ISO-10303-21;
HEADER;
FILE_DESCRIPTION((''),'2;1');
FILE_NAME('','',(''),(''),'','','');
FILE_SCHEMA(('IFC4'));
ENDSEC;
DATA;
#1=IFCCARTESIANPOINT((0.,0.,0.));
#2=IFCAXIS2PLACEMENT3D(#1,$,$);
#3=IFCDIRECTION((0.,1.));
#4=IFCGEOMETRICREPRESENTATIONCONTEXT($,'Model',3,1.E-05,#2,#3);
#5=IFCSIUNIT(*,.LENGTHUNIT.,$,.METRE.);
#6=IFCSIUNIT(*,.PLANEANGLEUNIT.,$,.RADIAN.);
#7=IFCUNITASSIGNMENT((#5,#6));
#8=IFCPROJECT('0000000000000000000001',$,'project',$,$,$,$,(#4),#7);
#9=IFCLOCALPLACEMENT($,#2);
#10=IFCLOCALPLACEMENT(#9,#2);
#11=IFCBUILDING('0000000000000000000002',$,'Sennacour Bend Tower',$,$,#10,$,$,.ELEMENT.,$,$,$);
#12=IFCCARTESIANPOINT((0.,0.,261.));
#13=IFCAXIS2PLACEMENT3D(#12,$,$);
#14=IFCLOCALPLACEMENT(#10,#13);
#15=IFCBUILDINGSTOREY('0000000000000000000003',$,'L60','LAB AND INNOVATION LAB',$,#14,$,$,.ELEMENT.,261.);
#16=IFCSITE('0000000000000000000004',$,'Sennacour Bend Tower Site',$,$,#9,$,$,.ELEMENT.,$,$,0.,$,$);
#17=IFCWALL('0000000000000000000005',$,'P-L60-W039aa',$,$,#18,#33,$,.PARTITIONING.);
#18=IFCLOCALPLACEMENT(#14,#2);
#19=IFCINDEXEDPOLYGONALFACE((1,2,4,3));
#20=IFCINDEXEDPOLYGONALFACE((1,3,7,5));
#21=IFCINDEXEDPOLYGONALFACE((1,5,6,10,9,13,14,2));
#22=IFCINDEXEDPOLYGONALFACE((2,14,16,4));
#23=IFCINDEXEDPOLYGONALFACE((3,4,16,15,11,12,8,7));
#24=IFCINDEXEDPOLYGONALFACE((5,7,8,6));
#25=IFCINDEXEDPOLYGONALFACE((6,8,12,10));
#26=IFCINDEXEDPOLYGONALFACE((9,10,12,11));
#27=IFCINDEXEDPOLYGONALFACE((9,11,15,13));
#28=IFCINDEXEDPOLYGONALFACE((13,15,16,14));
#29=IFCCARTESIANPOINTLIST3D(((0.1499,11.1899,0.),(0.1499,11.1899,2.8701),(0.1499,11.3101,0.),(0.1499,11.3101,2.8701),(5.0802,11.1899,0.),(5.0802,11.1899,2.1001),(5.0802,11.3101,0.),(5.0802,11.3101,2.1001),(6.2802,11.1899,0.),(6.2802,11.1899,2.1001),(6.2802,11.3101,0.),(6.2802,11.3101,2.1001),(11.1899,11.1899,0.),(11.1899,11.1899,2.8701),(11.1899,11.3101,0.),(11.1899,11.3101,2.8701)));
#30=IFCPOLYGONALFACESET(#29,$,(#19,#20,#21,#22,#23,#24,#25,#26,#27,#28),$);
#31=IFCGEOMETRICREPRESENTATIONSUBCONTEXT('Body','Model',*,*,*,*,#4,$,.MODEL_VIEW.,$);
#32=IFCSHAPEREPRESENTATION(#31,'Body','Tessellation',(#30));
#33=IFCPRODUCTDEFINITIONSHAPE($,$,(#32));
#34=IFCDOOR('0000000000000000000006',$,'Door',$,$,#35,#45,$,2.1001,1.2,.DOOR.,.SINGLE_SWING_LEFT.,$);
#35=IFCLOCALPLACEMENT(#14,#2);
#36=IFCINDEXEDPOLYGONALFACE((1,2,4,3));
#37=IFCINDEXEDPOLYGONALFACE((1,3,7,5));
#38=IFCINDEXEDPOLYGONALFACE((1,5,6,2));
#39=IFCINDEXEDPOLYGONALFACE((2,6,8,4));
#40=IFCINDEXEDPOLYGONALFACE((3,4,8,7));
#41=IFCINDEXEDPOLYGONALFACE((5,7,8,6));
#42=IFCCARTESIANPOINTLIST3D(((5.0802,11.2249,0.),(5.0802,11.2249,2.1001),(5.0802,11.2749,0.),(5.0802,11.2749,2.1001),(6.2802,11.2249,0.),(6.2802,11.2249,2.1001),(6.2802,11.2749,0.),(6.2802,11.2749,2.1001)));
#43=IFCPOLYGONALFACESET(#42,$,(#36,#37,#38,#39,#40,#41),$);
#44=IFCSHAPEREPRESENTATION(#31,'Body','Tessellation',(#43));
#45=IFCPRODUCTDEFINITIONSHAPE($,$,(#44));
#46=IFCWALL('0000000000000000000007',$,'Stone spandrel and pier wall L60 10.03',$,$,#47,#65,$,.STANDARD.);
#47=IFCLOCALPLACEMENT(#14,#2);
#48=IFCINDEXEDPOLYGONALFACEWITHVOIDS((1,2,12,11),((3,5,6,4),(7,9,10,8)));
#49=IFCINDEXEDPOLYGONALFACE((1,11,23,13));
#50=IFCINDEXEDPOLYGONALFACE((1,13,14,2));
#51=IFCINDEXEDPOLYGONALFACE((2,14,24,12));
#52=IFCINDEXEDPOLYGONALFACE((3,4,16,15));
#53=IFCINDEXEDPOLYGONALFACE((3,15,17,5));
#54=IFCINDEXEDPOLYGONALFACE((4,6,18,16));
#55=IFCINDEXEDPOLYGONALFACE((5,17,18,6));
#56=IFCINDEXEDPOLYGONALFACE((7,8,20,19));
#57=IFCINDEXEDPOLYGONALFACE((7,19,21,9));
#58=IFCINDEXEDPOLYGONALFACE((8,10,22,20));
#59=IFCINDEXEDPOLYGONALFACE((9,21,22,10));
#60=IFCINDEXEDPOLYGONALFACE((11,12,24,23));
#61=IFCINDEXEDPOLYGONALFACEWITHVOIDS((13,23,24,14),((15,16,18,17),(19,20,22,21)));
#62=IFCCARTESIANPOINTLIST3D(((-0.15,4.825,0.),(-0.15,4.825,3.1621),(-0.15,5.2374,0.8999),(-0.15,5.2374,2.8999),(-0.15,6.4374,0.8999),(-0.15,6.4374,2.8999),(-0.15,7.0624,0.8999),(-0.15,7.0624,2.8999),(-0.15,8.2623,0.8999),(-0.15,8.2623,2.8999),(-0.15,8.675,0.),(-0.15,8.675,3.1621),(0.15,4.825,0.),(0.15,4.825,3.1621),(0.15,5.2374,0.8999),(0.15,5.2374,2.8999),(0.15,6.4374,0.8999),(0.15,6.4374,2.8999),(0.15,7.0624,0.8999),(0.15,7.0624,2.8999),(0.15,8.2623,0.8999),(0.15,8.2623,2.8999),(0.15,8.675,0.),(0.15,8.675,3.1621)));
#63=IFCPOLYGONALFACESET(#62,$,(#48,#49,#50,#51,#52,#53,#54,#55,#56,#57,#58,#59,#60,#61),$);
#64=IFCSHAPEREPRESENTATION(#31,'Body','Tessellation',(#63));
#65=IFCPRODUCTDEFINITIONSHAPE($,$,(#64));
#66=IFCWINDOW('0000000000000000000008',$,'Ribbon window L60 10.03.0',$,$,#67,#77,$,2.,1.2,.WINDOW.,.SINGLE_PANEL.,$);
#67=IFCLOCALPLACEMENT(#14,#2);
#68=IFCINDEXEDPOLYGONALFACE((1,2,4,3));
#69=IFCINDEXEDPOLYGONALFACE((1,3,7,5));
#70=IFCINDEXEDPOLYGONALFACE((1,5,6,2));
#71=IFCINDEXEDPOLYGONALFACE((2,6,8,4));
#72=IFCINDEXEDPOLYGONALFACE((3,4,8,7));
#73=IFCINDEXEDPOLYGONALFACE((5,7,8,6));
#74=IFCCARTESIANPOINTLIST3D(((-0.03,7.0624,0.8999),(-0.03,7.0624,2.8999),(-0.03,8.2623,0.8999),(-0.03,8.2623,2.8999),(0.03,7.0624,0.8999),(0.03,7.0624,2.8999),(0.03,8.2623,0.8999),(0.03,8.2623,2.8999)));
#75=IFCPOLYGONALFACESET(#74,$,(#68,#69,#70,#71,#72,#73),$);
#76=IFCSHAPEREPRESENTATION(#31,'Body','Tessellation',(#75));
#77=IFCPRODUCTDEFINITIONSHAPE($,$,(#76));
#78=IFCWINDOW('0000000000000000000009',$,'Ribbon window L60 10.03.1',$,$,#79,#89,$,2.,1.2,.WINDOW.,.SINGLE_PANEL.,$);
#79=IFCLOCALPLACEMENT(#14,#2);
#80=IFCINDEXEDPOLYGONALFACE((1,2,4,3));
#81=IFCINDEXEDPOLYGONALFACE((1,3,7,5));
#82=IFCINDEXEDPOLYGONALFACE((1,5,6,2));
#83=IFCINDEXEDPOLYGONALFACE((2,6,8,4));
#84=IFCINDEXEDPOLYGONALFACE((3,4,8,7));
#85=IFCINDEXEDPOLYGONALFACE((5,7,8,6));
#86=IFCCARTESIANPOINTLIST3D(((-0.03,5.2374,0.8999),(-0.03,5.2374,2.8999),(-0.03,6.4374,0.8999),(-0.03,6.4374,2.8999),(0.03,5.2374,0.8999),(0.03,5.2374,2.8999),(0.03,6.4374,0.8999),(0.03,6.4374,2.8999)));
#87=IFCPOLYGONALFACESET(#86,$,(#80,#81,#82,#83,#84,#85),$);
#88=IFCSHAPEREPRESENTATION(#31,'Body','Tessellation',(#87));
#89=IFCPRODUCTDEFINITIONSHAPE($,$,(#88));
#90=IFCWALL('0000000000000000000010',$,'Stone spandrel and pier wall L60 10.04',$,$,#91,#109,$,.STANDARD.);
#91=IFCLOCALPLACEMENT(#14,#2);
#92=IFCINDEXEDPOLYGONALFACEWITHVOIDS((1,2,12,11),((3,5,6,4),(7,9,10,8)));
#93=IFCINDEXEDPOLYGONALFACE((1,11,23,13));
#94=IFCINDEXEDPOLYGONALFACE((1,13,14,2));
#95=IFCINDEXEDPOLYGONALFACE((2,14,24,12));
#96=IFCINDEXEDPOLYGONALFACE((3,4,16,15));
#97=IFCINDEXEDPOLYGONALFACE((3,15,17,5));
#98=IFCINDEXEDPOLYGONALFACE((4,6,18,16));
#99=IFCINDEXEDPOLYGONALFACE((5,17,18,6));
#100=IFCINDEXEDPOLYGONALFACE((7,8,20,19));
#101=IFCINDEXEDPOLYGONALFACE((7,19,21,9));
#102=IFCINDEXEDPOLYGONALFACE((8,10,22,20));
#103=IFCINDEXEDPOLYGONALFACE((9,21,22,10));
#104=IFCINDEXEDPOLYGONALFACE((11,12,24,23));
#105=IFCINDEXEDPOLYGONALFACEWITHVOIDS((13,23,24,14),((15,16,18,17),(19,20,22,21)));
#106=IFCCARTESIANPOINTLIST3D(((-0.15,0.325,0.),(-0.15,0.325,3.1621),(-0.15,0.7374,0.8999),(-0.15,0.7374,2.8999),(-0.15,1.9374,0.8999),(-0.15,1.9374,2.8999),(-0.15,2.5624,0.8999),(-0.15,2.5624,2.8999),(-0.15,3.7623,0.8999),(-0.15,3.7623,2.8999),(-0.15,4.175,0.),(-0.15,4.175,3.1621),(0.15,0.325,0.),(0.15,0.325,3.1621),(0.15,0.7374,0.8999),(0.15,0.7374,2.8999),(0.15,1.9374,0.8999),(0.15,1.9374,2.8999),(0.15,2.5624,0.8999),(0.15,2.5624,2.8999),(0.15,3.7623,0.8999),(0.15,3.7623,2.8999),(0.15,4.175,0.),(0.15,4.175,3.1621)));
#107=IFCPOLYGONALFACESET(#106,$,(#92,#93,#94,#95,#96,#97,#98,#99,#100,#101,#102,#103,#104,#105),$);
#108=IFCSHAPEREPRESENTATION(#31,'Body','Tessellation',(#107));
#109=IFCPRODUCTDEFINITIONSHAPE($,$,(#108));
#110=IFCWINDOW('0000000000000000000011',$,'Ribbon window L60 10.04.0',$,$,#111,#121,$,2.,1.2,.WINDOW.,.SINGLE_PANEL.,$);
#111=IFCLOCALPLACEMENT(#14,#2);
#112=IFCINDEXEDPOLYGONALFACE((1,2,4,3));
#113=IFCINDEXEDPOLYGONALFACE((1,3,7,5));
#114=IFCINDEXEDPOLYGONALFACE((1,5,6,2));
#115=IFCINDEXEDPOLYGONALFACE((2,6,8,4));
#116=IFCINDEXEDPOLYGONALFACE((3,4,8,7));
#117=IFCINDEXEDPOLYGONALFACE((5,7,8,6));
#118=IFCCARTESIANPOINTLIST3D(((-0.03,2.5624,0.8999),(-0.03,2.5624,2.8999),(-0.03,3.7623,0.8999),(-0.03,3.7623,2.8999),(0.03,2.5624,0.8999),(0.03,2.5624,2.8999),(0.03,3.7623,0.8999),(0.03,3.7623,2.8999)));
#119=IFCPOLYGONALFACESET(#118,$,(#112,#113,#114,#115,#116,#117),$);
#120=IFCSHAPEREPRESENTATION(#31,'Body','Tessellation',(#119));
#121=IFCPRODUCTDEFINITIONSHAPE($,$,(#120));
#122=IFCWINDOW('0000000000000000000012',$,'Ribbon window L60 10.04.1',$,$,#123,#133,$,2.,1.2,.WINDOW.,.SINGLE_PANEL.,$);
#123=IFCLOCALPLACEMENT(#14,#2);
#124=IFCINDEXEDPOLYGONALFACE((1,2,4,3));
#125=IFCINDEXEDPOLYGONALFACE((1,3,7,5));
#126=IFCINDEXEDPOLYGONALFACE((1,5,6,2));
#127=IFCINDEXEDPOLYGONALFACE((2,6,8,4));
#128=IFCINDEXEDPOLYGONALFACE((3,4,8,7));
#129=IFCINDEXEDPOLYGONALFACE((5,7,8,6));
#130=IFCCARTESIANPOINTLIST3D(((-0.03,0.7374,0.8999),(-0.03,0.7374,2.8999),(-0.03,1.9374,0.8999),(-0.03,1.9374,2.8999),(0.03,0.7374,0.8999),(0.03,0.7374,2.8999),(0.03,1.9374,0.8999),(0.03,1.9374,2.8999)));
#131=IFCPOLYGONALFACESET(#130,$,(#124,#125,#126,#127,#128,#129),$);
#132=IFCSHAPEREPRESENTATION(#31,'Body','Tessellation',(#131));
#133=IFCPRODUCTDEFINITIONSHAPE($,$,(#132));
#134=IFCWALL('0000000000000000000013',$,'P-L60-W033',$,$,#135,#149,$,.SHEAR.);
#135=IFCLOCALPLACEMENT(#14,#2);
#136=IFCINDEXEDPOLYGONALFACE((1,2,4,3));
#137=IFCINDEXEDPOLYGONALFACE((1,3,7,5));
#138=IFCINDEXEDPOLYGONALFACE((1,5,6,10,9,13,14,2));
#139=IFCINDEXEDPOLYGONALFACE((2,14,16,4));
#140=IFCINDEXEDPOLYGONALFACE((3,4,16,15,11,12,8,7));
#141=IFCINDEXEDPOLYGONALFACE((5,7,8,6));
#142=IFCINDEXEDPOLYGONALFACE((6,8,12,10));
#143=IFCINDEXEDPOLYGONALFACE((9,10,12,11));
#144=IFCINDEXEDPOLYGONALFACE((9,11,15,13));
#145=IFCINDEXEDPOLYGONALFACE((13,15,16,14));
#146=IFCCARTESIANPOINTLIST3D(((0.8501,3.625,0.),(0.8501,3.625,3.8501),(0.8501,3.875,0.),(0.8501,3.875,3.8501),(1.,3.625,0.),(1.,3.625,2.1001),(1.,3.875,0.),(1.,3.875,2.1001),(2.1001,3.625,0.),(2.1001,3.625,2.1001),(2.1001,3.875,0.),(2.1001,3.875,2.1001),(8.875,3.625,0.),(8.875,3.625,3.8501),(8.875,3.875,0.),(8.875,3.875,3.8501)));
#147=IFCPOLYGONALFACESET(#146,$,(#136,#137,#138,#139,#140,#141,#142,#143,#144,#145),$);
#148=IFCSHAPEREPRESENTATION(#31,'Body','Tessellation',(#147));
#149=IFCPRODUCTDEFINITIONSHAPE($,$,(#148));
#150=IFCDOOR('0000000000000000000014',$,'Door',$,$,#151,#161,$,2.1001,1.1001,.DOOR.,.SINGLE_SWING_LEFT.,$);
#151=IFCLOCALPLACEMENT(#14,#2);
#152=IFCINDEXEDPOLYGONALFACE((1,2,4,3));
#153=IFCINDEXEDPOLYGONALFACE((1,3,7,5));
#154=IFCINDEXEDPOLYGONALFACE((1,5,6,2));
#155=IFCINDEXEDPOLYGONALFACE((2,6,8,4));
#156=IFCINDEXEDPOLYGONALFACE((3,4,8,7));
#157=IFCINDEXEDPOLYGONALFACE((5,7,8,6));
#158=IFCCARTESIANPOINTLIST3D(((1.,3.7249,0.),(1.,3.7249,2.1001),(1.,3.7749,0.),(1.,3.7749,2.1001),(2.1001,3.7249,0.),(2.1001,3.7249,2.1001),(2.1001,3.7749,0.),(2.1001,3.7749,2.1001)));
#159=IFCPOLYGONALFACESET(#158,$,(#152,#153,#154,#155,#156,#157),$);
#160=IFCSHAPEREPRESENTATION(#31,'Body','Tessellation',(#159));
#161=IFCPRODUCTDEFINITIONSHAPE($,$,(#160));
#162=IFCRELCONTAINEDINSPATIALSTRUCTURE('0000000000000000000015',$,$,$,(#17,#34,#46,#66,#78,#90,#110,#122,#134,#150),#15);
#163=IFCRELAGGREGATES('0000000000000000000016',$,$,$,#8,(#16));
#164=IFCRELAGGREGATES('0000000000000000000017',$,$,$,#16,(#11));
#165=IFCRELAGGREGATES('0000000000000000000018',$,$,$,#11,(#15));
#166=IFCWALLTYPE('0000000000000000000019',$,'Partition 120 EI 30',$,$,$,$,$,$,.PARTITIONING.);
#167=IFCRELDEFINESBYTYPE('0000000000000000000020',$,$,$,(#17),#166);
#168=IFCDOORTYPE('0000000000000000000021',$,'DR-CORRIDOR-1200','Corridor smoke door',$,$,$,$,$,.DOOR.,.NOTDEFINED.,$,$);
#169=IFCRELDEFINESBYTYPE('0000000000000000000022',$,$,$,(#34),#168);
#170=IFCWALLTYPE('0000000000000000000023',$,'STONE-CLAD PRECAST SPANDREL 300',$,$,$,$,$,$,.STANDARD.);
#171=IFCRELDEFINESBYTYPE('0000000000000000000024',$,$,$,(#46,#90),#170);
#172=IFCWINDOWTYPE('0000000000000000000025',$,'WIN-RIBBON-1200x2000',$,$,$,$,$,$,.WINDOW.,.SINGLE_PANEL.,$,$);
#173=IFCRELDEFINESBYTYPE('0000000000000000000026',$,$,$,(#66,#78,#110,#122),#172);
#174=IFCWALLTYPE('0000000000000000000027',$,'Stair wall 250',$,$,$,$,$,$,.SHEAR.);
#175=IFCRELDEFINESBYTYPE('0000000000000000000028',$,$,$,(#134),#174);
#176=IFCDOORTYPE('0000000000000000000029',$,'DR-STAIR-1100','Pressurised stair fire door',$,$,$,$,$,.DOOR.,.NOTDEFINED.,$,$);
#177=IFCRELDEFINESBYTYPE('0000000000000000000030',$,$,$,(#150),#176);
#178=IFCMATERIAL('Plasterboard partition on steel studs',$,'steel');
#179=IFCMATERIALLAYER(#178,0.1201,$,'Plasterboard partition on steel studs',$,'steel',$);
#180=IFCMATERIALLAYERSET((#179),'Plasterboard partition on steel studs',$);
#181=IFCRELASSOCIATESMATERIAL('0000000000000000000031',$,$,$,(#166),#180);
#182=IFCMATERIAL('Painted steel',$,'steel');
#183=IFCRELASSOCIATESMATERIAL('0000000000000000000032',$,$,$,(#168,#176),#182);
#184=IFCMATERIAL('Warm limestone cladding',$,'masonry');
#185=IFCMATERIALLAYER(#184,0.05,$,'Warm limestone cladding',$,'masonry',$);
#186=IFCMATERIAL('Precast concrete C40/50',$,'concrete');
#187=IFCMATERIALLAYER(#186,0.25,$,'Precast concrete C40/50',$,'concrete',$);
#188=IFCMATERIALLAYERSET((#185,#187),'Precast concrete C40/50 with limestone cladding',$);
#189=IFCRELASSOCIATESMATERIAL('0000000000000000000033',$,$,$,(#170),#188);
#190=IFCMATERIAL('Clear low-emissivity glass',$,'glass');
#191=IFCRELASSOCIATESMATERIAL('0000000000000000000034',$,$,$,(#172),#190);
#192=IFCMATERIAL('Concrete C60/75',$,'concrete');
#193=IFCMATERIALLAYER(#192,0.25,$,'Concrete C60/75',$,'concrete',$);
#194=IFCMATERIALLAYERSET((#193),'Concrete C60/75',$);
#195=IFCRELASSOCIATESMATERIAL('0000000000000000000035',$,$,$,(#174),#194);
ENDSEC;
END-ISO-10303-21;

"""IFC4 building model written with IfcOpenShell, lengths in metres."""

from ifc_helpers import new_model, si_unit, direction, frame, frame_2d, origin, place, context, subcontext, project, spatial, rectangle, extrude, material, layer, layer_set, type_object, element, fill, save


model = new_model("IFC4")

# Units and contexts
model_context = context("Model", 3, precision=1e-05, world=origin(), true_north=direction((0.0, 1.0)))
body_context = subcontext(model_context, "Body", "Model", "MODEL_VIEW")
ifc_project = project(units=[si_unit("LENGTHUNIT", "METRE"), si_unit("PLANEANGLEUNIT", "RADIAN")], contexts=[model_context])

# Site, building, storey
site_placement = place(None, origin())
site = spatial("IfcSite", under=ifc_project, at=site_placement, Name="Sennacour Bend Tower Site", CompositionType="ELEMENT", RefElevation=0.0)
building_placement = place(site_placement, origin())
building = spatial("IfcBuilding", under=site, at=building_placement, Name="Sennacour Bend Tower", CompositionType="ELEMENT")
storey_placement = place(building_placement, frame((0.0, 0.0, 261.0)))
storey = spatial("IfcBuildingStorey", under=building, at=storey_placement, Name="L60", Description="LAB AND INNOVATION LAB", CompositionType="ELEMENT", Elevation=261.0)

# Shared definitions
ifc_material_1 = material(Name="Plasterboard partition on steel studs", Category="steel")

# Wall, opening, door
ifc_layer_1 = layer(ifc_material_1, 0.1201, Name="Plasterboard partition on steel studs", Category="steel")
ifc_layer_set_1 = layer_set([ifc_layer_1], Name="Plasterboard partition on steel studs")
wall_type_1 = type_object("IfcWallType", Name="Partition 120 EI 30", PredefinedType="PARTITIONING", material=ifc_layer_set_1)
wall_1_placement = place(storey_placement, frame((0.1499, 11.25, 0.0), z_axis=(0.0, 0.0, 1.0), x_axis=(1.0, 0.0, 0.0)))
wall_1 = element("IfcWall", 1, at=wall_1_placement, inside=storey, type_object=wall_type_1, Name="P-L60-W039aa", PredefinedType="PARTITIONING", context=body_context, shape_type="SweptSolid", body=[
    extrude(rectangle(XDim=11.04, YDim=0.1201, at=frame_2d((5.52, 0.0))), origin(), (0.0, 0.0, 1.0), 2.8701),
])
opening_1_placement = place(wall_1_placement, frame((4.9302, 0.0, 0.0)))
opening_1 = element("IfcOpeningElement", 2, at=opening_1_placement, cuts=wall_1, PredefinedType="OPENING", context=body_context, shape_type="SweptSolid", body=[
    extrude(rectangle(XDim=1.2, YDim=2.1001, at=frame_2d((0.6001, 1.05))), frame((0.0, 0.0701, 0.0), z_axis=(0.0, -1.0, 0.0), x_axis=(1.0, 0.0, 0.0)), (0.0, 0.0, 1.0), 0.1401),
])
ifc_material_2 = material(Name="Painted steel", Category="steel")
door_type_1 = type_object("IfcDoorType", Name="DR-CORRIDOR-1200", Description="Corridor smoke door", OperationType="NOTDEFINED", PredefinedType="DOOR", material=ifc_material_2)
door_1_placement = place(opening_1_placement, origin())
door_1 = element("IfcDoor", 3, at=door_1_placement, inside=storey, type_object=door_type_1, Name="Door", OperationType="SINGLE_SWING_LEFT", OverallHeight=2.1001, OverallWidth=1.2, PredefinedType="DOOR", context=body_context, shape_type="SweptSolid", body=[
    extrude(rectangle(XDim=1.2, YDim=2.1001, at=frame_2d((0.6001, 1.05))), frame((0.0, 0.0249, 0.0), z_axis=(0.0, -1.0, 0.0), x_axis=(1.0, 0.0, 0.0)), (0.0, 0.0, 1.0), 0.05),
])
fill(opening_1, door_1)

# Walls, openings, windows
ifc_material_3 = material(Name="Warm limestone cladding", Category="masonry")
ifc_layer_2 = layer(ifc_material_3, 0.05, Name="Warm limestone cladding", Category="masonry")
ifc_material_4 = material(Name="Precast concrete C40/50", Category="concrete")
ifc_layer_3 = layer(ifc_material_4, 0.25, Name="Precast concrete C40/50", Category="concrete")
ifc_layer_set_2 = layer_set([ifc_layer_2, ifc_layer_3], Name="Precast concrete C40/50 with limestone cladding")
wall_type_2 = type_object("IfcWallType", Name="STONE-CLAD PRECAST SPANDREL 300", PredefinedType="STANDARD", material=ifc_layer_set_2)
wall_2_placement = place(storey_placement, frame((0.0, 8.675, 0.0), z_axis=(0.0, 0.0, 1.0), x_axis=(0.0, -1.0, 0.0)))
wall_2 = element("IfcWall", 4, at=wall_2_placement, inside=storey, type_object=wall_type_2, Name="Stone spandrel and pier wall L60 10.03", PredefinedType="STANDARD", context=body_context, shape_type="SweptSolid", body=[
    extrude(rectangle(XDim=3.8501, YDim=0.3, at=frame_2d((1.925, 0.0))), origin(), (0.0, 0.0, 1.0), 3.1621),
])
opening_2_placement = place(wall_2_placement, frame((0.4126, 0.0, 0.8999)))
opening_2 = element("IfcOpeningElement", 5, at=opening_2_placement, cuts=wall_2, PredefinedType="OPENING", context=body_context, shape_type="SweptSolid", body=[
    extrude(rectangle(XDim=1.2, YDim=2.0, at=frame_2d((0.6001, 1.0))), frame((0.0, 0.1602, 0.0), z_axis=(0.0, -1.0, 0.0), x_axis=(1.0, 0.0, 0.0)), (0.0, 0.0, 1.0), 0.3201),
])
opening_3_placement = place(wall_2_placement, frame((2.2375, 0.0, 0.8999)))
opening_3 = element("IfcOpeningElement", 6, at=opening_3_placement, cuts=wall_2, PredefinedType="OPENING", context=body_context, shape_type="SweptSolid", body=[
    extrude(rectangle(XDim=1.2, YDim=2.0, at=frame_2d((0.6001, 1.0))), frame((0.0, 0.1602, 0.0), z_axis=(0.0, -1.0, 0.0), x_axis=(1.0, 0.0, 0.0)), (0.0, 0.0, 1.0), 0.3201),
])
ifc_material_5 = material(Name="Clear low-emissivity glass", Category="glass")
window_type = type_object("IfcWindowType", Name="WIN-RIBBON-1200x2000", PartitioningType="SINGLE_PANEL", PredefinedType="WINDOW", material=ifc_material_5)
window_1_placement = place(opening_2_placement, origin())
window_1 = element("IfcWindow", 7, at=window_1_placement, inside=storey, type_object=window_type, Name="Ribbon window L60 10.03.0", OverallHeight=2.0, OverallWidth=1.2, PartitioningType="SINGLE_PANEL", PredefinedType="WINDOW", context=body_context, shape_type="SweptSolid", body=[
    extrude(rectangle(XDim=1.2, YDim=2.0, at=frame_2d((0.6001, 1.0))), frame((0.0, 0.03, 0.0), z_axis=(0.0, -1.0, 0.0), x_axis=(1.0, 0.0, 0.0)), (0.0, 0.0, 1.0), 0.0601),
])
fill(opening_2, window_1)
window_2_placement = place(opening_3_placement, origin())
window_2 = element("IfcWindow", 8, at=window_2_placement, inside=storey, type_object=window_type, Name="Ribbon window L60 10.03.1", OverallHeight=2.0, OverallWidth=1.2, PartitioningType="SINGLE_PANEL", PredefinedType="WINDOW", context=body_context, shape_type="SweptSolid", body=[
    extrude(rectangle(XDim=1.2, YDim=2.0, at=frame_2d((0.6001, 1.0))), frame((0.0, 0.03, 0.0), z_axis=(0.0, -1.0, 0.0), x_axis=(1.0, 0.0, 0.0)), (0.0, 0.0, 1.0), 0.0601),
])
fill(opening_3, window_2)
wall_3_placement = place(storey_placement, frame((0.0, 4.175, 0.0), z_axis=(0.0, 0.0, 1.0), x_axis=(0.0, -1.0, 0.0)))
wall_3 = element("IfcWall", 9, at=wall_3_placement, inside=storey, type_object=wall_type_2, Name="Stone spandrel and pier wall L60 10.04", PredefinedType="STANDARD", context=body_context, shape_type="SweptSolid", body=[
    extrude(rectangle(XDim=3.8501, YDim=0.3, at=frame_2d((1.925, 0.0))), origin(), (0.0, 0.0, 1.0), 3.1621),
])
opening_4_placement = place(wall_3_placement, frame((0.4126, 0.0, 0.8999)))
opening_4 = element("IfcOpeningElement", 10, at=opening_4_placement, cuts=wall_3, PredefinedType="OPENING", context=body_context, shape_type="SweptSolid", body=[
    extrude(rectangle(XDim=1.2, YDim=2.0, at=frame_2d((0.6001, 1.0))), frame((0.0, 0.1602, 0.0), z_axis=(0.0, -1.0, 0.0), x_axis=(1.0, 0.0, 0.0)), (0.0, 0.0, 1.0), 0.3201),
])
opening_5_placement = place(wall_3_placement, frame((2.2375, 0.0, 0.8999)))
opening_5 = element("IfcOpeningElement", 11, at=opening_5_placement, cuts=wall_3, PredefinedType="OPENING", context=body_context, shape_type="SweptSolid", body=[
    extrude(rectangle(XDim=1.2, YDim=2.0, at=frame_2d((0.6001, 1.0))), frame((0.0, 0.1602, 0.0), z_axis=(0.0, -1.0, 0.0), x_axis=(1.0, 0.0, 0.0)), (0.0, 0.0, 1.0), 0.3201),
])
window_3_placement = place(opening_4_placement, origin())
window_3 = element("IfcWindow", 12, at=window_3_placement, inside=storey, type_object=window_type, Name="Ribbon window L60 10.04.0", OverallHeight=2.0, OverallWidth=1.2, PartitioningType="SINGLE_PANEL", PredefinedType="WINDOW", context=body_context, shape_type="SweptSolid", body=[
    extrude(rectangle(XDim=1.2, YDim=2.0, at=frame_2d((0.6001, 1.0))), frame((0.0, 0.03, 0.0), z_axis=(0.0, -1.0, 0.0), x_axis=(1.0, 0.0, 0.0)), (0.0, 0.0, 1.0), 0.0601),
])
fill(opening_4, window_3)
window_4_placement = place(opening_5_placement, origin())
window_4 = element("IfcWindow", 13, at=window_4_placement, inside=storey, type_object=window_type, Name="Ribbon window L60 10.04.1", OverallHeight=2.0, OverallWidth=1.2, PartitioningType="SINGLE_PANEL", PredefinedType="WINDOW", context=body_context, shape_type="SweptSolid", body=[
    extrude(rectangle(XDim=1.2, YDim=2.0, at=frame_2d((0.6001, 1.0))), frame((0.0, 0.03, 0.0), z_axis=(0.0, -1.0, 0.0), x_axis=(1.0, 0.0, 0.0)), (0.0, 0.0, 1.0), 0.0601),
])
fill(opening_5, window_4)

# Wall, opening, door
ifc_material_6 = material(Name="Concrete C60/75", Category="concrete")
ifc_layer_4 = layer(ifc_material_6, 0.25, Name="Concrete C60/75", Category="concrete")
ifc_layer_set_3 = layer_set([ifc_layer_4], Name="Concrete C60/75")
wall_type_3 = type_object("IfcWallType", Name="Stair wall 250", PredefinedType="SHEAR", material=ifc_layer_set_3)
wall_4_placement = place(storey_placement, frame((0.8501, 3.75, 0.0), z_axis=(0.0, 0.0, 1.0), x_axis=(1.0, 0.0, 0.0)))
wall_4 = element("IfcWall", 14, at=wall_4_placement, inside=storey, type_object=wall_type_3, Name="P-L60-W033", PredefinedType="SHEAR", context=body_context, shape_type="SweptSolid", body=[
    extrude(rectangle(XDim=8.0249, YDim=0.25, at=frame_2d((4.0125, 0.0))), origin(), (0.0, 0.0, 1.0), 3.8501),
])
opening_6_placement = place(wall_4_placement, frame((0.1499, 0.0, 0.0)))
opening_6 = element("IfcOpeningElement", 15, at=opening_6_placement, cuts=wall_4, PredefinedType="OPENING", context=body_context, shape_type="SweptSolid", body=[
    extrude(rectangle(XDim=1.1001, YDim=2.1001, at=frame_2d((0.55, 1.05))), frame((0.0, 0.135, 0.0), z_axis=(0.0, -1.0, 0.0), x_axis=(1.0, 0.0, 0.0)), (0.0, 0.0, 1.0), 0.27),
])
door_type_2 = type_object("IfcDoorType", Name="DR-STAIR-1100", Description="Pressurised stair fire door", OperationType="NOTDEFINED", PredefinedType="DOOR", material=ifc_material_2)
door_2_placement = place(opening_6_placement, origin())
door_2 = element("IfcDoor", 16, at=door_2_placement, inside=storey, type_object=door_type_2, Name="Door", OperationType="SINGLE_SWING_LEFT", OverallHeight=2.1001, OverallWidth=1.1001, PredefinedType="DOOR", context=body_context, shape_type="SweptSolid", body=[
    extrude(rectangle(XDim=1.1001, YDim=2.1001, at=frame_2d((0.55, 1.05))), frame((0.0, 0.0249, 0.0), z_axis=(0.0, -1.0, 0.0), x_axis=(1.0, 0.0, 0.0)), (0.0, 0.0, 1.0), 0.05),
])
fill(opening_6, door_2)

save(model, "model.ifc")
